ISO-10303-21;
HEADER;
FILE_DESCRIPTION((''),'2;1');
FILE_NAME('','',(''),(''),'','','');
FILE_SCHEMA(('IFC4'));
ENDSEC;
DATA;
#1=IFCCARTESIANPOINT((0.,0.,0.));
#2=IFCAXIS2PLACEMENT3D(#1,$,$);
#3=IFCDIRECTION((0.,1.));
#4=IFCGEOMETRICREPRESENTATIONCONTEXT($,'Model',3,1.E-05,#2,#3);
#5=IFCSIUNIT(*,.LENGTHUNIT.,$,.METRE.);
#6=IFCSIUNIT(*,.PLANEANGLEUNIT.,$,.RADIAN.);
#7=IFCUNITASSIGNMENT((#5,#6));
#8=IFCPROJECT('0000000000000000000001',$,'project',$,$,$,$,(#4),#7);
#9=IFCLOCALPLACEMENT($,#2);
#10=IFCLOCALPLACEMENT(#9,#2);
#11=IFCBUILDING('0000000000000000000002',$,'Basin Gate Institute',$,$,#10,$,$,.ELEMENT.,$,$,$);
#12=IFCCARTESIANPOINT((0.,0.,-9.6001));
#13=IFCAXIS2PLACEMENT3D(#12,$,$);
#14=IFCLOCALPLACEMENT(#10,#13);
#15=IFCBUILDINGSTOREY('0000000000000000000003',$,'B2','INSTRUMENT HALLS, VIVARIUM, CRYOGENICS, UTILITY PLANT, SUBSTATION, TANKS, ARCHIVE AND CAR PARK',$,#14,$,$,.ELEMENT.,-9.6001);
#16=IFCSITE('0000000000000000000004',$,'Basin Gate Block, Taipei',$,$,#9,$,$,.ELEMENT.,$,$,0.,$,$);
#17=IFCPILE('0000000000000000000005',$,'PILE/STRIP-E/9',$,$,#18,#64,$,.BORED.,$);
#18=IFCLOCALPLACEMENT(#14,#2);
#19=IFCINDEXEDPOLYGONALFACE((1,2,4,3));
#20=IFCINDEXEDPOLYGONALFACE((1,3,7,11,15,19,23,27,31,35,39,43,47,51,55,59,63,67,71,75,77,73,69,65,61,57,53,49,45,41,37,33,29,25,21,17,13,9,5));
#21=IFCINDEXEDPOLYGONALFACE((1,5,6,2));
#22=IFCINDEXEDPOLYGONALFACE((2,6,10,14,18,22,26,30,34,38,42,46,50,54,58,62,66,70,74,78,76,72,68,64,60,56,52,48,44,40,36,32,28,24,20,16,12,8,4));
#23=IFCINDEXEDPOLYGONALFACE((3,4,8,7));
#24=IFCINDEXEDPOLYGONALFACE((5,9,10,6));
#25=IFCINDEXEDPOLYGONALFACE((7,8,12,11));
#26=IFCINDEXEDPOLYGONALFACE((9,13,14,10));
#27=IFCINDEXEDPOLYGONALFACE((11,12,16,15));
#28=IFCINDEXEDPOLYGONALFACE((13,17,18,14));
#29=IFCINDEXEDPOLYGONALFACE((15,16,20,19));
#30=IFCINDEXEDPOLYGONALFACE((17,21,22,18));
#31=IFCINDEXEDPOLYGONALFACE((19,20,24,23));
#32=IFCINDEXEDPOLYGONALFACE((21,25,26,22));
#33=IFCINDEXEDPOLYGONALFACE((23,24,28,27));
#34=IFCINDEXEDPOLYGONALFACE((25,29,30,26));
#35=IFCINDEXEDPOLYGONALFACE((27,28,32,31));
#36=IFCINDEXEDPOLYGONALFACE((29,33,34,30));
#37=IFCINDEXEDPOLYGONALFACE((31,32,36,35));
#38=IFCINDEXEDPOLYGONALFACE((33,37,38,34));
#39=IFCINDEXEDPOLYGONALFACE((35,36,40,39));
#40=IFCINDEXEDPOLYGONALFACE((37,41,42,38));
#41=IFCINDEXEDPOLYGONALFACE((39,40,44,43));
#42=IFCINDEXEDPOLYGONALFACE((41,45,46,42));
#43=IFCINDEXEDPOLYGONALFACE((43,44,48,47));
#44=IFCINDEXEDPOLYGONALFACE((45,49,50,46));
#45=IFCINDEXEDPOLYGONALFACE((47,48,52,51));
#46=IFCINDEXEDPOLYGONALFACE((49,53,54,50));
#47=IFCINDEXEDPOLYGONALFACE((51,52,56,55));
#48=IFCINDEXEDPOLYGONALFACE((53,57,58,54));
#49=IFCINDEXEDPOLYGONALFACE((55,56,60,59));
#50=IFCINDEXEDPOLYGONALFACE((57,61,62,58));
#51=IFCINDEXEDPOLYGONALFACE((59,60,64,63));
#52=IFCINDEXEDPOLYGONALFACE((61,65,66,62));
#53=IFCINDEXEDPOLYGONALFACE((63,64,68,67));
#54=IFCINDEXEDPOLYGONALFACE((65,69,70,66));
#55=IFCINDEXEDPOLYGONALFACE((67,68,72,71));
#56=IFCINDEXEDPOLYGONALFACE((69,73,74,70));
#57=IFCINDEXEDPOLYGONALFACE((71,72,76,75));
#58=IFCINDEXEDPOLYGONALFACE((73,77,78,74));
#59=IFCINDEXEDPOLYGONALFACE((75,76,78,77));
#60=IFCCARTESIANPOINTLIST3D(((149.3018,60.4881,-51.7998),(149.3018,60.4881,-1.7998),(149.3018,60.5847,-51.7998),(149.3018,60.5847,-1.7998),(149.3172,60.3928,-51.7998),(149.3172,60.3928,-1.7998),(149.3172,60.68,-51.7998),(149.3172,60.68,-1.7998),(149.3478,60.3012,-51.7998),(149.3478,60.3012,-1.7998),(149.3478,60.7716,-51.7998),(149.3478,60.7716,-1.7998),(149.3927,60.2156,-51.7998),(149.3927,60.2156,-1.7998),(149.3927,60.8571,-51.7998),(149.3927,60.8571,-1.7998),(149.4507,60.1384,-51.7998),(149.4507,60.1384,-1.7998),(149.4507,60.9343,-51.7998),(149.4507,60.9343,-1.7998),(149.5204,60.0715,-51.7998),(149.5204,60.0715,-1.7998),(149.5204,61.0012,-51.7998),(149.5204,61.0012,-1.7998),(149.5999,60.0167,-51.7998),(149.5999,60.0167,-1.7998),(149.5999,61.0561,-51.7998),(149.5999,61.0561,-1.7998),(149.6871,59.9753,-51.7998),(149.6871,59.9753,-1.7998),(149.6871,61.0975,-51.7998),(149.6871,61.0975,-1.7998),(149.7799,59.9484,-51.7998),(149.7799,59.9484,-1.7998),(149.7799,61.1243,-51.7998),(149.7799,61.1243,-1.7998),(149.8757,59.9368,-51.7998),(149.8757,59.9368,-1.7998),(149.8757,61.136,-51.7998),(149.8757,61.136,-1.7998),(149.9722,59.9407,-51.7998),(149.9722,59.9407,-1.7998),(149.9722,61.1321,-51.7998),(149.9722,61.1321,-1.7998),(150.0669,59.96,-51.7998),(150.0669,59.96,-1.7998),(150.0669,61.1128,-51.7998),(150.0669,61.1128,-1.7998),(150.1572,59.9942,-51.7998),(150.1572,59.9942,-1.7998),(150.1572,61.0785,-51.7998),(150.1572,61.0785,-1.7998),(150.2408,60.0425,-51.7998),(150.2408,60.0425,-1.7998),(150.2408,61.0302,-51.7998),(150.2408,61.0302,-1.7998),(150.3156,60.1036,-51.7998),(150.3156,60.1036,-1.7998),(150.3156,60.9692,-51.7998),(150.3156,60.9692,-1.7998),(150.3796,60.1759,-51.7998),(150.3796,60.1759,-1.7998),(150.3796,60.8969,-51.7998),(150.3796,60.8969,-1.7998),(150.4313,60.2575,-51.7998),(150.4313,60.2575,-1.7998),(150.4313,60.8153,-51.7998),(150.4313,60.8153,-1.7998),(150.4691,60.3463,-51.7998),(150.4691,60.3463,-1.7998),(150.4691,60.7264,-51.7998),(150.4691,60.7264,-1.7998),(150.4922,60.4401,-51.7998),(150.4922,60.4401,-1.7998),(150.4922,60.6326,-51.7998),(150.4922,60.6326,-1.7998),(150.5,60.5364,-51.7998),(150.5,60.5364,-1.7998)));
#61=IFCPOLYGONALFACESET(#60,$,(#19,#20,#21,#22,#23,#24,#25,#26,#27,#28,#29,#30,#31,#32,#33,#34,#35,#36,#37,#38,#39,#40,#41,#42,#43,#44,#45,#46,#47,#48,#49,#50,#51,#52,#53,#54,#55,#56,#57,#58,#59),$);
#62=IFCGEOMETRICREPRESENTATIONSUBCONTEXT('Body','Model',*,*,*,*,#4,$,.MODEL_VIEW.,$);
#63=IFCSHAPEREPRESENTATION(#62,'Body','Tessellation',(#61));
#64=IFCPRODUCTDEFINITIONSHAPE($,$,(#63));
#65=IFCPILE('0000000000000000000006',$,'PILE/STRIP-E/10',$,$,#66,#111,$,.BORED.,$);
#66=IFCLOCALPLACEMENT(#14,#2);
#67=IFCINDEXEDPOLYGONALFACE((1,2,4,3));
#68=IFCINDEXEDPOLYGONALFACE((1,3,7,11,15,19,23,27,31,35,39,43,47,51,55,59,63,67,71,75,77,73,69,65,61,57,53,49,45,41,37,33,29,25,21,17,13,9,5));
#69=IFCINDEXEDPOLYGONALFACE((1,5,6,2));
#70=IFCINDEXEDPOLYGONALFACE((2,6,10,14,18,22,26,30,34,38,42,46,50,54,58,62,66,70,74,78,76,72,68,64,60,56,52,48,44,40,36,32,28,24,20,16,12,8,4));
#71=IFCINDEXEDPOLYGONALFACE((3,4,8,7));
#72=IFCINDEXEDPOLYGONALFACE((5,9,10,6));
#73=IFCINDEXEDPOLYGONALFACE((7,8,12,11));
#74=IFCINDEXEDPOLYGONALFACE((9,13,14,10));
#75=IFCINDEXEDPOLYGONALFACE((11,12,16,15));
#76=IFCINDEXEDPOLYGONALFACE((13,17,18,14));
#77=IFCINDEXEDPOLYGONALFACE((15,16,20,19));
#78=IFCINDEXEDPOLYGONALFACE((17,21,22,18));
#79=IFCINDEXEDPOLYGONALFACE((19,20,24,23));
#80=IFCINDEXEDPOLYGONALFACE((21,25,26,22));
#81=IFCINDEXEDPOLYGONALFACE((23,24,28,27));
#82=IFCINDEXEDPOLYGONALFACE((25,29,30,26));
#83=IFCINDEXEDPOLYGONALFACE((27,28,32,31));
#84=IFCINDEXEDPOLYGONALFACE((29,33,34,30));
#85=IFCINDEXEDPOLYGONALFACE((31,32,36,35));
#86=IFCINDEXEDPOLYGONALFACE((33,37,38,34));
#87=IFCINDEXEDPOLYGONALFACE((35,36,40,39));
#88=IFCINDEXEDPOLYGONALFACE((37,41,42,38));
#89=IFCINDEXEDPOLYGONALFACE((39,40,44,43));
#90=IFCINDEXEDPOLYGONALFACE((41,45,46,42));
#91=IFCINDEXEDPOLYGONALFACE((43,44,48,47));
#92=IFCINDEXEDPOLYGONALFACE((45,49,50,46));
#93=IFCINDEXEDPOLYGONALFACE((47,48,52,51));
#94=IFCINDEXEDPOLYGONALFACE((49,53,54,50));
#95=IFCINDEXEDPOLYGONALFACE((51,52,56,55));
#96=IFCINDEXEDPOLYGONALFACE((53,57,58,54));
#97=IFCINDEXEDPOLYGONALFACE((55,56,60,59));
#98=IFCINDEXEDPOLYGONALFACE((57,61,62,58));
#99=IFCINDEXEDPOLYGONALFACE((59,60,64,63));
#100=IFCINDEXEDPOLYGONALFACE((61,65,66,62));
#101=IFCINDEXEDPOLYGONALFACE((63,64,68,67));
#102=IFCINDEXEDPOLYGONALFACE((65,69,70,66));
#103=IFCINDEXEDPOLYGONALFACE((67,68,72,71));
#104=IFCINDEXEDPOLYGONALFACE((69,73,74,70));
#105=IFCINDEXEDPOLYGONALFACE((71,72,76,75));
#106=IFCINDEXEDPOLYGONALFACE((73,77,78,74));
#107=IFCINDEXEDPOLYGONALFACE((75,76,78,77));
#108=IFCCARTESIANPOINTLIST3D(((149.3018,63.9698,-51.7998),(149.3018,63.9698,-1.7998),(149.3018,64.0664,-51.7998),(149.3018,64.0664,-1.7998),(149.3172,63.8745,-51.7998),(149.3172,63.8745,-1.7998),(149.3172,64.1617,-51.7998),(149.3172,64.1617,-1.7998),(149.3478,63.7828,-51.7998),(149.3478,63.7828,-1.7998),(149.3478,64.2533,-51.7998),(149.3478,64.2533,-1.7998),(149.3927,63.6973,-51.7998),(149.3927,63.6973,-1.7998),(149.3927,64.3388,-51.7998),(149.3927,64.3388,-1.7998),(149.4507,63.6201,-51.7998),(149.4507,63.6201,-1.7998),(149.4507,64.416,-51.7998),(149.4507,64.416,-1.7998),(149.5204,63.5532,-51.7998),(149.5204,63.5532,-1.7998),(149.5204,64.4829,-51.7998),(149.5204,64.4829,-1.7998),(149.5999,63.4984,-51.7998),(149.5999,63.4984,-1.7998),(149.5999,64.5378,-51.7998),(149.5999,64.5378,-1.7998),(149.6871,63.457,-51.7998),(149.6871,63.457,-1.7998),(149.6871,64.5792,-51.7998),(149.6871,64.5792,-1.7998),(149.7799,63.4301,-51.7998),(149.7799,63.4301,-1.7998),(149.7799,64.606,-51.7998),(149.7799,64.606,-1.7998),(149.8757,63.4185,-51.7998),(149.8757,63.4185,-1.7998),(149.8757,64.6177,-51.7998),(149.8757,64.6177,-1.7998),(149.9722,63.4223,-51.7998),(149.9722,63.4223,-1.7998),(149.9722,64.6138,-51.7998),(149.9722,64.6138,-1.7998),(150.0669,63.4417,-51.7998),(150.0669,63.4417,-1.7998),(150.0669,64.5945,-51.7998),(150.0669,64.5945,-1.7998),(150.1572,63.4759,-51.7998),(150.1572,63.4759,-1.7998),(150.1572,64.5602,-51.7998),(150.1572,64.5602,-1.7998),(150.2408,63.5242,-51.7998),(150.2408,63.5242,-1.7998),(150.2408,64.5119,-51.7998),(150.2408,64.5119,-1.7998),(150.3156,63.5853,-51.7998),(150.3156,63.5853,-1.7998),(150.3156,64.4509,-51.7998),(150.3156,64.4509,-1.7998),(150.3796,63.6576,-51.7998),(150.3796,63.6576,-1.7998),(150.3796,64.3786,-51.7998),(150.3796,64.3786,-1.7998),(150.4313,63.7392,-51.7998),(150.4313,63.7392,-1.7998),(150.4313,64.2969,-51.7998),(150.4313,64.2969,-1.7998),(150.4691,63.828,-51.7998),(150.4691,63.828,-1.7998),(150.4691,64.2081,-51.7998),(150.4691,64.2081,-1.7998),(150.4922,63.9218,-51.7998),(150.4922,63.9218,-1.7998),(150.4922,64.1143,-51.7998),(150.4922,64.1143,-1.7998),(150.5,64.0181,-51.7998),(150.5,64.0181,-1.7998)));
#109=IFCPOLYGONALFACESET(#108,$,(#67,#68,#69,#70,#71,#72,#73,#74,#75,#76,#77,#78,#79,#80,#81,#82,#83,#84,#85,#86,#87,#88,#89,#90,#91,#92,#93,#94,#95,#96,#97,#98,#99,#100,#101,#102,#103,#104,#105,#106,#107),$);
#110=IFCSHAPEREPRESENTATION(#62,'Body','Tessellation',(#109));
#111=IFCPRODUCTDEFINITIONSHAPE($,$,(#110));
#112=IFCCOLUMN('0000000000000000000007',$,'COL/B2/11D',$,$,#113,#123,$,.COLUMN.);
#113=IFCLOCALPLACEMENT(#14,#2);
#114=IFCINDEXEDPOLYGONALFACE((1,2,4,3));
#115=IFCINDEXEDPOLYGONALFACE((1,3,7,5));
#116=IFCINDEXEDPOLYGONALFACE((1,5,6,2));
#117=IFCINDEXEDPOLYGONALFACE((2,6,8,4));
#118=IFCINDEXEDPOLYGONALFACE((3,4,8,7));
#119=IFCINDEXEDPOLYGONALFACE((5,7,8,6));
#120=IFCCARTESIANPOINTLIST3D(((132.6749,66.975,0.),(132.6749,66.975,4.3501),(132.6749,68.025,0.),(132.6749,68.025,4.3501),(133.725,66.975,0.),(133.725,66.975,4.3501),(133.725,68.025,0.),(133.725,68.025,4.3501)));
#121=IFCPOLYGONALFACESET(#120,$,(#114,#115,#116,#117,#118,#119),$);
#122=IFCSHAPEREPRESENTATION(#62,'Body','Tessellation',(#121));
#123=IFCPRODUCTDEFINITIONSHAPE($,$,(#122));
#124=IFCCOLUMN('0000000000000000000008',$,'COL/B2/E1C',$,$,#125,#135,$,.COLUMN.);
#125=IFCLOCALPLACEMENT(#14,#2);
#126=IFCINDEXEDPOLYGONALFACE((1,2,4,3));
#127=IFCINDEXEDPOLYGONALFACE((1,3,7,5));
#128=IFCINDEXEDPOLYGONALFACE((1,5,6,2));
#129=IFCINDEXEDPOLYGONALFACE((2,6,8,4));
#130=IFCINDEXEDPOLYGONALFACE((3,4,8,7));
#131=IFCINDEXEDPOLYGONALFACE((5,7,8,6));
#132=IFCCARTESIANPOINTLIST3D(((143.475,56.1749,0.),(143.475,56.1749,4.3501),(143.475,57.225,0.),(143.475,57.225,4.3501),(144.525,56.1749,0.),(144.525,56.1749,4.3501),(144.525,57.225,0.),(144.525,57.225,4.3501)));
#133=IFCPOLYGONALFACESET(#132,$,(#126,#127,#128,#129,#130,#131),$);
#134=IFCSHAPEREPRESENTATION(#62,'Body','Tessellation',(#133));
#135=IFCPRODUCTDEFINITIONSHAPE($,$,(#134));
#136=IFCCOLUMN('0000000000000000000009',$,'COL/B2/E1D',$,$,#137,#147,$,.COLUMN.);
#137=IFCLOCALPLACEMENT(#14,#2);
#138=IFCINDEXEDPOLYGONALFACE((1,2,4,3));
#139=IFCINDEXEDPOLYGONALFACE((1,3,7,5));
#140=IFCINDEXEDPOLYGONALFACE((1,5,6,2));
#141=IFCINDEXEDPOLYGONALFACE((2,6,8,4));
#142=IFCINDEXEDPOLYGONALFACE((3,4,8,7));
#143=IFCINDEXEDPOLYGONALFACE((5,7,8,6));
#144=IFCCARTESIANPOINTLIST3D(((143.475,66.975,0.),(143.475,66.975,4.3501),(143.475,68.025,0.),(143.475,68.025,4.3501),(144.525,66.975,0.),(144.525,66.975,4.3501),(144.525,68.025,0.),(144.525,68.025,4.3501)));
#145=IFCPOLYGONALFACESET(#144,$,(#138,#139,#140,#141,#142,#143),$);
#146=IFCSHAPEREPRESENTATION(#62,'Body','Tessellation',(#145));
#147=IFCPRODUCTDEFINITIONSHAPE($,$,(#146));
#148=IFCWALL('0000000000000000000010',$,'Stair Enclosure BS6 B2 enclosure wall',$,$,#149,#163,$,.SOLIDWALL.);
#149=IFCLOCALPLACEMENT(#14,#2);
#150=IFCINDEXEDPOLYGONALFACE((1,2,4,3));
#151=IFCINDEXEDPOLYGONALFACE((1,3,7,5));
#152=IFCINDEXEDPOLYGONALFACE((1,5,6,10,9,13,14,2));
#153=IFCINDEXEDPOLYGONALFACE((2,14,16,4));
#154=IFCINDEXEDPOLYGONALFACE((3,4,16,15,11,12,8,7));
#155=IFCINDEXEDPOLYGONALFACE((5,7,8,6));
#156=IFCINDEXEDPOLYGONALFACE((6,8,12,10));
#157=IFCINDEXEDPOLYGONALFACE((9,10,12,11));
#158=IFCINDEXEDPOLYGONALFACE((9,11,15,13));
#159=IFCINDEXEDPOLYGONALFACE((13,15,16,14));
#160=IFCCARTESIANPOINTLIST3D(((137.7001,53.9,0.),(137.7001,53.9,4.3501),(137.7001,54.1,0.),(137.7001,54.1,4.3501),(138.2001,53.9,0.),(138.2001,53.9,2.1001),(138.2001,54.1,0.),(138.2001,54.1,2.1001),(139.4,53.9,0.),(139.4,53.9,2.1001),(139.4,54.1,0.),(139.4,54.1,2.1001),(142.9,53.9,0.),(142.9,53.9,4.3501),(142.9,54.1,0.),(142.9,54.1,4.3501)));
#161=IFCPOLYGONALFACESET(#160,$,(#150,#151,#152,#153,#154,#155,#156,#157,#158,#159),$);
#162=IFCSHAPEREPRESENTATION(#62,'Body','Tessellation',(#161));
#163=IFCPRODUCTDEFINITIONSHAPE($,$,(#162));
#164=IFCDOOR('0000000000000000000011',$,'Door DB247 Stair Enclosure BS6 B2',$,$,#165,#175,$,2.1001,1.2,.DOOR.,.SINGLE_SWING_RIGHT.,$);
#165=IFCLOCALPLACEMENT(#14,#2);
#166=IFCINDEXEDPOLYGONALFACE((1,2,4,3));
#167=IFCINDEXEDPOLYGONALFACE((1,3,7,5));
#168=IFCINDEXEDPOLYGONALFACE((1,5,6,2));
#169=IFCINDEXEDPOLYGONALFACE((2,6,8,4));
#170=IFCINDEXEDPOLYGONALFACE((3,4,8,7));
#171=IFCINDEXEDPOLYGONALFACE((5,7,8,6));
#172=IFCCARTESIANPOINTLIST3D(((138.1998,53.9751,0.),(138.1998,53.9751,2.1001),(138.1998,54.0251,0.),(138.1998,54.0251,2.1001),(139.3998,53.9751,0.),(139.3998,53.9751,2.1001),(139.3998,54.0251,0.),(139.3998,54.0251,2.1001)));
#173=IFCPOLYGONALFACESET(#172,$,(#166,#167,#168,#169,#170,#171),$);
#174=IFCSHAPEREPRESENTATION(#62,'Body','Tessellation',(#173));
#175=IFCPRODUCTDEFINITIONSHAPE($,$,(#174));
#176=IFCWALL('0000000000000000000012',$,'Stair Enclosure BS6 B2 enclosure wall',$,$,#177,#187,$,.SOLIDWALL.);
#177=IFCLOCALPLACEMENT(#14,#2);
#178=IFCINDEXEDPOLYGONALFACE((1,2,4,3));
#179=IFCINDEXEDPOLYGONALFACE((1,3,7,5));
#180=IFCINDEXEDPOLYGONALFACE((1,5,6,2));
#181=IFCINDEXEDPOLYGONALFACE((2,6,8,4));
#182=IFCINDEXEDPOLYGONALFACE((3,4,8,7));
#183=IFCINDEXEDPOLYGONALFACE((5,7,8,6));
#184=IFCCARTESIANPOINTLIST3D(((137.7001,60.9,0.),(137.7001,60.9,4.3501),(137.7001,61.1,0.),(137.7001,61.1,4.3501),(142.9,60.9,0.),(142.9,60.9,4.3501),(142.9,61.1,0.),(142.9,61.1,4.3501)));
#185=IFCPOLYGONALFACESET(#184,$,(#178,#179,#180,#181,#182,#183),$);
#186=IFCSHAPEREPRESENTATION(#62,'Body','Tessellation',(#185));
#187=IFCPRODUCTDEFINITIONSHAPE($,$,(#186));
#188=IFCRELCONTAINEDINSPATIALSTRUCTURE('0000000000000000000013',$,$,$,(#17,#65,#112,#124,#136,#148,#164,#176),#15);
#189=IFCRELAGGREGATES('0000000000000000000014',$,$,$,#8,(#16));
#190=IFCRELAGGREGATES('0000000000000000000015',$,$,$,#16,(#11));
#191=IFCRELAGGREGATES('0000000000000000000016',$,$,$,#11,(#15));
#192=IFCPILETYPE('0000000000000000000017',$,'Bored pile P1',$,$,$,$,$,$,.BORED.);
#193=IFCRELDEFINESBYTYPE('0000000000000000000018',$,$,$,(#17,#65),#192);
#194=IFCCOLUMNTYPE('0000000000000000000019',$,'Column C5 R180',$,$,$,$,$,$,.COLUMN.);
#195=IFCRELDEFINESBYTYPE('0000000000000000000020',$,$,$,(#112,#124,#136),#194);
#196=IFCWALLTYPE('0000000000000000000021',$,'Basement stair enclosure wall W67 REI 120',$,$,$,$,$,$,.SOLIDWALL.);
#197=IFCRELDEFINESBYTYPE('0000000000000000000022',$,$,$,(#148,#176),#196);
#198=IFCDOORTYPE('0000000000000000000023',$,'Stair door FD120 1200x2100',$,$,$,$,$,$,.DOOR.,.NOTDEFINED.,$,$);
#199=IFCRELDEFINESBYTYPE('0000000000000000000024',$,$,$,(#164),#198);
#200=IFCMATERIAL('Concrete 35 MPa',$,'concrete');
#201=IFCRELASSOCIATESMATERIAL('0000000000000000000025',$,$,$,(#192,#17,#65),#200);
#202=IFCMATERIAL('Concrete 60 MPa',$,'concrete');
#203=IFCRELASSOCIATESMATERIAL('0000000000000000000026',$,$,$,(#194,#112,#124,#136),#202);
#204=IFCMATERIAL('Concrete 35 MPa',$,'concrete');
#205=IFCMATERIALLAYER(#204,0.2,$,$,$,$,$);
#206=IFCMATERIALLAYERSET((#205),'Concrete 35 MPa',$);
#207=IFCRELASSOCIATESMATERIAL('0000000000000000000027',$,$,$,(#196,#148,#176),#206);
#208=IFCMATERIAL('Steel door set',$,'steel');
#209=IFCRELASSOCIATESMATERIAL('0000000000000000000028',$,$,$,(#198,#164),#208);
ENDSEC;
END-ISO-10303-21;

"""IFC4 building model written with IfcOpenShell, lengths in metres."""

from ifc_helpers import new_model, si_unit, direction, frame, frame_2d, origin, origin_2d, place, context, subcontext, project, spatial, rectangle, circle, extrude, material, layer, layer_set, material_profile, profile_set, type_object, element, fill, save


model = new_model("IFC4")

# Units and contexts
model_context = context("Model", 3, precision=1e-05, world=origin(), true_north=direction((0.0, 1.0)))
body_context = subcontext(model_context, "Body", "Model", "MODEL_VIEW")
ifc_project = project(units=[si_unit("LENGTHUNIT", "METRE"), si_unit("PLANEANGLEUNIT", "RADIAN")], contexts=[model_context])

# Site, building, storey
site_placement = place(None, origin())
site = spatial("IfcSite", under=ifc_project, at=site_placement, Name="Basin Gate Block, Taipei", CompositionType="ELEMENT", RefElevation=0.0)
building_placement = place(site_placement, origin())
building = spatial("IfcBuilding", under=site, at=building_placement, Name="Basin Gate Institute", CompositionType="ELEMENT")
storey_placement = place(building_placement, frame((0.0, 0.0, -9.6001)))
storey = spatial("IfcBuildingStorey", under=building, at=storey_placement, Name="B2", Description="INSTRUMENT HALLS, VIVARIUM, CRYOGENICS, UTILITY PLANT, SUBSTATION, TANKS, ARCHIVE AND CAR PARK", CompositionType="ELEMENT", Elevation=-9.6001)

# Piles
ifc_material_1 = material(Name="Concrete 35 MPa", Category="concrete")
ifc_material_profile_1 = material_profile(ifc_material_1, circle(Radius=0.6001, at=origin_2d()), Name="Bored pile P1 1200 dia")
ifc_profile_set_1 = profile_set([ifc_material_profile_1], Name="Concrete 35 MPa")
pile_type = type_object("IfcPileType", Name="Bored pile P1", PredefinedType="BORED", material=ifc_profile_set_1)
for number, where, z_axis, x_axis, name in (
    (1, (149.8999, 60.5364, -1.7998), (0.0, 0.0, -1.0), (1.0, 0.0, 0.0), "PILE/STRIP-E/9"),
    (2, (149.8999, 64.0181, -1.7998), (0.0, 0.0, -1.0), (1.0, 0.0, 0.0), "PILE/STRIP-E/10"),
):
    element("IfcPile", number, at=place(storey_placement, frame(where, z_axis=z_axis, x_axis=x_axis)), inside=storey, type_object=pile_type, material=ifc_profile_set_1, Name=name, PredefinedType="BORED", context=body_context, shape_type="SweptSolid", body=[
        extrude(circle(Radius=0.6001, at=origin_2d()), origin(), (0.0, 0.0, 1.0), 50.0),
    ])

# Columns
ifc_material_2 = material(Name="Concrete 60 MPa", Category="concrete")
ifc_material_profile_2 = material_profile(ifc_material_2, rectangle(XDim=1.05, YDim=1.05, at=origin_2d()), Name="Column C5 1050 x 1050")
ifc_profile_set_2 = profile_set([ifc_material_profile_2], Name="Concrete 60 MPa")
column_type = type_object("IfcColumnType", Name="Column C5 R180", PredefinedType="COLUMN", material=ifc_profile_set_2)
for number, where, z_axis, x_axis, name in (
    (3, (133.2, 67.5, 0.0), (0.0, 0.0, 1.0), (1.0, 0.0, 0.0), "COL/B2/11D"),
    (4, (144.0, 56.7, 0.0), (0.0, 0.0, 1.0), (1.0, 0.0, 0.0), "COL/B2/E1C"),
    (5, (144.0, 67.5, 0.0), (0.0, 0.0, 1.0), (1.0, 0.0, 0.0), "COL/B2/E1D"),
):
    element("IfcColumn", number, at=place(storey_placement, frame(where, z_axis=z_axis, x_axis=x_axis)), inside=storey, type_object=column_type, material=ifc_profile_set_2, Name=name, PredefinedType="COLUMN", context=body_context, shape_type="SweptSolid", body=[
        extrude(rectangle(XDim=1.05, YDim=1.05, at=origin_2d()), origin(), (0.0, 0.0, 1.0), 4.3501),
    ])

# Wall, opening, door
ifc_material_3 = material(Name="Concrete 35 MPa", Category="concrete")
ifc_layer = layer(ifc_material_3, 0.2)
ifc_layer_set = layer_set([ifc_layer], Name="Concrete 35 MPa")
wall_type = type_object("IfcWallType", Name="Basement stair enclosure wall W67 REI 120", PredefinedType="SOLIDWALL", material=ifc_layer_set)
wall_1_placement = place(storey_placement, frame((137.7, 54.0, 0.0), z_axis=(0.0, 0.0, 1.0), x_axis=(1.0, 0.0, 0.0)))
wall_1 = element("IfcWall", 6, at=wall_1_placement, inside=storey, type_object=wall_type, material=ifc_layer_set, Name="Stair Enclosure BS6 B2 enclosure wall", PredefinedType="SOLIDWALL", context=body_context, shape_type="SweptSolid", body=[
    extrude(rectangle(XDim=5.2, YDim=0.2, at=frame_2d((2.6001, 0.0))), origin(), (0.0, 0.0, 1.0), 4.3501),
])
opening_placement = place(wall_1_placement, frame((0.5, 0.0, 0.0)))
opening = element("IfcOpeningElement", 7, at=opening_placement, cuts=wall_1, PredefinedType="OPENING", context=body_context, shape_type="SweptSolid", body=[
    extrude(rectangle(XDim=1.2, YDim=2.1001, at=frame_2d((0.6001, 1.05))), frame((0.0, 0.1099, 0.0), z_axis=(0.0, -1.0, 0.0), x_axis=(1.0, 0.0, 0.0)), (0.0, 0.0, 1.0), 0.22),
])
ifc_material_4 = material(Name="Steel door set", Category="steel")
door_type = type_object("IfcDoorType", Name="Stair door FD120 1200x2100", OperationType="NOTDEFINED", PredefinedType="DOOR", material=ifc_material_4)
door_placement = place(opening_placement, frame((1.2, 0.0, 0.0), z_axis=(0.0, 0.0, 1.0), x_axis=(-1.0, 0.0, 0.0)))
door = element("IfcDoor", 8, at=door_placement, inside=storey, type_object=door_type, material=ifc_material_4, Name="Door DB247 Stair Enclosure BS6 B2", OperationType="SINGLE_SWING_RIGHT", OverallHeight=2.1001, OverallWidth=1.2, PredefinedType="DOOR", context=body_context, shape_type="SweptSolid", body=[
    extrude(rectangle(XDim=1.2, YDim=2.1001, at=frame_2d((0.6001, 1.05))), frame((0.0, 0.0249, 0.0), z_axis=(0.0, -1.0, 0.0), x_axis=(1.0, 0.0, 0.0)), (0.0, 0.0, 1.0), 0.05),
])
fill(opening, door)

# Wall
wall_2_placement = place(storey_placement, frame((137.7, 61.0, 0.0), z_axis=(0.0, 0.0, 1.0), x_axis=(1.0, 0.0, 0.0)))
element("IfcWall", 9, at=wall_2_placement, inside=storey, type_object=wall_type, material=ifc_layer_set, Name="Stair Enclosure BS6 B2 enclosure wall", PredefinedType="SOLIDWALL", context=body_context, shape_type="SweptSolid", body=[
    extrude(rectangle(XDim=5.2, YDim=0.2, at=frame_2d((2.6001, 0.0))), origin(), (0.0, 0.0, 1.0), 4.3501),
])

save(model, "model.ifc")
